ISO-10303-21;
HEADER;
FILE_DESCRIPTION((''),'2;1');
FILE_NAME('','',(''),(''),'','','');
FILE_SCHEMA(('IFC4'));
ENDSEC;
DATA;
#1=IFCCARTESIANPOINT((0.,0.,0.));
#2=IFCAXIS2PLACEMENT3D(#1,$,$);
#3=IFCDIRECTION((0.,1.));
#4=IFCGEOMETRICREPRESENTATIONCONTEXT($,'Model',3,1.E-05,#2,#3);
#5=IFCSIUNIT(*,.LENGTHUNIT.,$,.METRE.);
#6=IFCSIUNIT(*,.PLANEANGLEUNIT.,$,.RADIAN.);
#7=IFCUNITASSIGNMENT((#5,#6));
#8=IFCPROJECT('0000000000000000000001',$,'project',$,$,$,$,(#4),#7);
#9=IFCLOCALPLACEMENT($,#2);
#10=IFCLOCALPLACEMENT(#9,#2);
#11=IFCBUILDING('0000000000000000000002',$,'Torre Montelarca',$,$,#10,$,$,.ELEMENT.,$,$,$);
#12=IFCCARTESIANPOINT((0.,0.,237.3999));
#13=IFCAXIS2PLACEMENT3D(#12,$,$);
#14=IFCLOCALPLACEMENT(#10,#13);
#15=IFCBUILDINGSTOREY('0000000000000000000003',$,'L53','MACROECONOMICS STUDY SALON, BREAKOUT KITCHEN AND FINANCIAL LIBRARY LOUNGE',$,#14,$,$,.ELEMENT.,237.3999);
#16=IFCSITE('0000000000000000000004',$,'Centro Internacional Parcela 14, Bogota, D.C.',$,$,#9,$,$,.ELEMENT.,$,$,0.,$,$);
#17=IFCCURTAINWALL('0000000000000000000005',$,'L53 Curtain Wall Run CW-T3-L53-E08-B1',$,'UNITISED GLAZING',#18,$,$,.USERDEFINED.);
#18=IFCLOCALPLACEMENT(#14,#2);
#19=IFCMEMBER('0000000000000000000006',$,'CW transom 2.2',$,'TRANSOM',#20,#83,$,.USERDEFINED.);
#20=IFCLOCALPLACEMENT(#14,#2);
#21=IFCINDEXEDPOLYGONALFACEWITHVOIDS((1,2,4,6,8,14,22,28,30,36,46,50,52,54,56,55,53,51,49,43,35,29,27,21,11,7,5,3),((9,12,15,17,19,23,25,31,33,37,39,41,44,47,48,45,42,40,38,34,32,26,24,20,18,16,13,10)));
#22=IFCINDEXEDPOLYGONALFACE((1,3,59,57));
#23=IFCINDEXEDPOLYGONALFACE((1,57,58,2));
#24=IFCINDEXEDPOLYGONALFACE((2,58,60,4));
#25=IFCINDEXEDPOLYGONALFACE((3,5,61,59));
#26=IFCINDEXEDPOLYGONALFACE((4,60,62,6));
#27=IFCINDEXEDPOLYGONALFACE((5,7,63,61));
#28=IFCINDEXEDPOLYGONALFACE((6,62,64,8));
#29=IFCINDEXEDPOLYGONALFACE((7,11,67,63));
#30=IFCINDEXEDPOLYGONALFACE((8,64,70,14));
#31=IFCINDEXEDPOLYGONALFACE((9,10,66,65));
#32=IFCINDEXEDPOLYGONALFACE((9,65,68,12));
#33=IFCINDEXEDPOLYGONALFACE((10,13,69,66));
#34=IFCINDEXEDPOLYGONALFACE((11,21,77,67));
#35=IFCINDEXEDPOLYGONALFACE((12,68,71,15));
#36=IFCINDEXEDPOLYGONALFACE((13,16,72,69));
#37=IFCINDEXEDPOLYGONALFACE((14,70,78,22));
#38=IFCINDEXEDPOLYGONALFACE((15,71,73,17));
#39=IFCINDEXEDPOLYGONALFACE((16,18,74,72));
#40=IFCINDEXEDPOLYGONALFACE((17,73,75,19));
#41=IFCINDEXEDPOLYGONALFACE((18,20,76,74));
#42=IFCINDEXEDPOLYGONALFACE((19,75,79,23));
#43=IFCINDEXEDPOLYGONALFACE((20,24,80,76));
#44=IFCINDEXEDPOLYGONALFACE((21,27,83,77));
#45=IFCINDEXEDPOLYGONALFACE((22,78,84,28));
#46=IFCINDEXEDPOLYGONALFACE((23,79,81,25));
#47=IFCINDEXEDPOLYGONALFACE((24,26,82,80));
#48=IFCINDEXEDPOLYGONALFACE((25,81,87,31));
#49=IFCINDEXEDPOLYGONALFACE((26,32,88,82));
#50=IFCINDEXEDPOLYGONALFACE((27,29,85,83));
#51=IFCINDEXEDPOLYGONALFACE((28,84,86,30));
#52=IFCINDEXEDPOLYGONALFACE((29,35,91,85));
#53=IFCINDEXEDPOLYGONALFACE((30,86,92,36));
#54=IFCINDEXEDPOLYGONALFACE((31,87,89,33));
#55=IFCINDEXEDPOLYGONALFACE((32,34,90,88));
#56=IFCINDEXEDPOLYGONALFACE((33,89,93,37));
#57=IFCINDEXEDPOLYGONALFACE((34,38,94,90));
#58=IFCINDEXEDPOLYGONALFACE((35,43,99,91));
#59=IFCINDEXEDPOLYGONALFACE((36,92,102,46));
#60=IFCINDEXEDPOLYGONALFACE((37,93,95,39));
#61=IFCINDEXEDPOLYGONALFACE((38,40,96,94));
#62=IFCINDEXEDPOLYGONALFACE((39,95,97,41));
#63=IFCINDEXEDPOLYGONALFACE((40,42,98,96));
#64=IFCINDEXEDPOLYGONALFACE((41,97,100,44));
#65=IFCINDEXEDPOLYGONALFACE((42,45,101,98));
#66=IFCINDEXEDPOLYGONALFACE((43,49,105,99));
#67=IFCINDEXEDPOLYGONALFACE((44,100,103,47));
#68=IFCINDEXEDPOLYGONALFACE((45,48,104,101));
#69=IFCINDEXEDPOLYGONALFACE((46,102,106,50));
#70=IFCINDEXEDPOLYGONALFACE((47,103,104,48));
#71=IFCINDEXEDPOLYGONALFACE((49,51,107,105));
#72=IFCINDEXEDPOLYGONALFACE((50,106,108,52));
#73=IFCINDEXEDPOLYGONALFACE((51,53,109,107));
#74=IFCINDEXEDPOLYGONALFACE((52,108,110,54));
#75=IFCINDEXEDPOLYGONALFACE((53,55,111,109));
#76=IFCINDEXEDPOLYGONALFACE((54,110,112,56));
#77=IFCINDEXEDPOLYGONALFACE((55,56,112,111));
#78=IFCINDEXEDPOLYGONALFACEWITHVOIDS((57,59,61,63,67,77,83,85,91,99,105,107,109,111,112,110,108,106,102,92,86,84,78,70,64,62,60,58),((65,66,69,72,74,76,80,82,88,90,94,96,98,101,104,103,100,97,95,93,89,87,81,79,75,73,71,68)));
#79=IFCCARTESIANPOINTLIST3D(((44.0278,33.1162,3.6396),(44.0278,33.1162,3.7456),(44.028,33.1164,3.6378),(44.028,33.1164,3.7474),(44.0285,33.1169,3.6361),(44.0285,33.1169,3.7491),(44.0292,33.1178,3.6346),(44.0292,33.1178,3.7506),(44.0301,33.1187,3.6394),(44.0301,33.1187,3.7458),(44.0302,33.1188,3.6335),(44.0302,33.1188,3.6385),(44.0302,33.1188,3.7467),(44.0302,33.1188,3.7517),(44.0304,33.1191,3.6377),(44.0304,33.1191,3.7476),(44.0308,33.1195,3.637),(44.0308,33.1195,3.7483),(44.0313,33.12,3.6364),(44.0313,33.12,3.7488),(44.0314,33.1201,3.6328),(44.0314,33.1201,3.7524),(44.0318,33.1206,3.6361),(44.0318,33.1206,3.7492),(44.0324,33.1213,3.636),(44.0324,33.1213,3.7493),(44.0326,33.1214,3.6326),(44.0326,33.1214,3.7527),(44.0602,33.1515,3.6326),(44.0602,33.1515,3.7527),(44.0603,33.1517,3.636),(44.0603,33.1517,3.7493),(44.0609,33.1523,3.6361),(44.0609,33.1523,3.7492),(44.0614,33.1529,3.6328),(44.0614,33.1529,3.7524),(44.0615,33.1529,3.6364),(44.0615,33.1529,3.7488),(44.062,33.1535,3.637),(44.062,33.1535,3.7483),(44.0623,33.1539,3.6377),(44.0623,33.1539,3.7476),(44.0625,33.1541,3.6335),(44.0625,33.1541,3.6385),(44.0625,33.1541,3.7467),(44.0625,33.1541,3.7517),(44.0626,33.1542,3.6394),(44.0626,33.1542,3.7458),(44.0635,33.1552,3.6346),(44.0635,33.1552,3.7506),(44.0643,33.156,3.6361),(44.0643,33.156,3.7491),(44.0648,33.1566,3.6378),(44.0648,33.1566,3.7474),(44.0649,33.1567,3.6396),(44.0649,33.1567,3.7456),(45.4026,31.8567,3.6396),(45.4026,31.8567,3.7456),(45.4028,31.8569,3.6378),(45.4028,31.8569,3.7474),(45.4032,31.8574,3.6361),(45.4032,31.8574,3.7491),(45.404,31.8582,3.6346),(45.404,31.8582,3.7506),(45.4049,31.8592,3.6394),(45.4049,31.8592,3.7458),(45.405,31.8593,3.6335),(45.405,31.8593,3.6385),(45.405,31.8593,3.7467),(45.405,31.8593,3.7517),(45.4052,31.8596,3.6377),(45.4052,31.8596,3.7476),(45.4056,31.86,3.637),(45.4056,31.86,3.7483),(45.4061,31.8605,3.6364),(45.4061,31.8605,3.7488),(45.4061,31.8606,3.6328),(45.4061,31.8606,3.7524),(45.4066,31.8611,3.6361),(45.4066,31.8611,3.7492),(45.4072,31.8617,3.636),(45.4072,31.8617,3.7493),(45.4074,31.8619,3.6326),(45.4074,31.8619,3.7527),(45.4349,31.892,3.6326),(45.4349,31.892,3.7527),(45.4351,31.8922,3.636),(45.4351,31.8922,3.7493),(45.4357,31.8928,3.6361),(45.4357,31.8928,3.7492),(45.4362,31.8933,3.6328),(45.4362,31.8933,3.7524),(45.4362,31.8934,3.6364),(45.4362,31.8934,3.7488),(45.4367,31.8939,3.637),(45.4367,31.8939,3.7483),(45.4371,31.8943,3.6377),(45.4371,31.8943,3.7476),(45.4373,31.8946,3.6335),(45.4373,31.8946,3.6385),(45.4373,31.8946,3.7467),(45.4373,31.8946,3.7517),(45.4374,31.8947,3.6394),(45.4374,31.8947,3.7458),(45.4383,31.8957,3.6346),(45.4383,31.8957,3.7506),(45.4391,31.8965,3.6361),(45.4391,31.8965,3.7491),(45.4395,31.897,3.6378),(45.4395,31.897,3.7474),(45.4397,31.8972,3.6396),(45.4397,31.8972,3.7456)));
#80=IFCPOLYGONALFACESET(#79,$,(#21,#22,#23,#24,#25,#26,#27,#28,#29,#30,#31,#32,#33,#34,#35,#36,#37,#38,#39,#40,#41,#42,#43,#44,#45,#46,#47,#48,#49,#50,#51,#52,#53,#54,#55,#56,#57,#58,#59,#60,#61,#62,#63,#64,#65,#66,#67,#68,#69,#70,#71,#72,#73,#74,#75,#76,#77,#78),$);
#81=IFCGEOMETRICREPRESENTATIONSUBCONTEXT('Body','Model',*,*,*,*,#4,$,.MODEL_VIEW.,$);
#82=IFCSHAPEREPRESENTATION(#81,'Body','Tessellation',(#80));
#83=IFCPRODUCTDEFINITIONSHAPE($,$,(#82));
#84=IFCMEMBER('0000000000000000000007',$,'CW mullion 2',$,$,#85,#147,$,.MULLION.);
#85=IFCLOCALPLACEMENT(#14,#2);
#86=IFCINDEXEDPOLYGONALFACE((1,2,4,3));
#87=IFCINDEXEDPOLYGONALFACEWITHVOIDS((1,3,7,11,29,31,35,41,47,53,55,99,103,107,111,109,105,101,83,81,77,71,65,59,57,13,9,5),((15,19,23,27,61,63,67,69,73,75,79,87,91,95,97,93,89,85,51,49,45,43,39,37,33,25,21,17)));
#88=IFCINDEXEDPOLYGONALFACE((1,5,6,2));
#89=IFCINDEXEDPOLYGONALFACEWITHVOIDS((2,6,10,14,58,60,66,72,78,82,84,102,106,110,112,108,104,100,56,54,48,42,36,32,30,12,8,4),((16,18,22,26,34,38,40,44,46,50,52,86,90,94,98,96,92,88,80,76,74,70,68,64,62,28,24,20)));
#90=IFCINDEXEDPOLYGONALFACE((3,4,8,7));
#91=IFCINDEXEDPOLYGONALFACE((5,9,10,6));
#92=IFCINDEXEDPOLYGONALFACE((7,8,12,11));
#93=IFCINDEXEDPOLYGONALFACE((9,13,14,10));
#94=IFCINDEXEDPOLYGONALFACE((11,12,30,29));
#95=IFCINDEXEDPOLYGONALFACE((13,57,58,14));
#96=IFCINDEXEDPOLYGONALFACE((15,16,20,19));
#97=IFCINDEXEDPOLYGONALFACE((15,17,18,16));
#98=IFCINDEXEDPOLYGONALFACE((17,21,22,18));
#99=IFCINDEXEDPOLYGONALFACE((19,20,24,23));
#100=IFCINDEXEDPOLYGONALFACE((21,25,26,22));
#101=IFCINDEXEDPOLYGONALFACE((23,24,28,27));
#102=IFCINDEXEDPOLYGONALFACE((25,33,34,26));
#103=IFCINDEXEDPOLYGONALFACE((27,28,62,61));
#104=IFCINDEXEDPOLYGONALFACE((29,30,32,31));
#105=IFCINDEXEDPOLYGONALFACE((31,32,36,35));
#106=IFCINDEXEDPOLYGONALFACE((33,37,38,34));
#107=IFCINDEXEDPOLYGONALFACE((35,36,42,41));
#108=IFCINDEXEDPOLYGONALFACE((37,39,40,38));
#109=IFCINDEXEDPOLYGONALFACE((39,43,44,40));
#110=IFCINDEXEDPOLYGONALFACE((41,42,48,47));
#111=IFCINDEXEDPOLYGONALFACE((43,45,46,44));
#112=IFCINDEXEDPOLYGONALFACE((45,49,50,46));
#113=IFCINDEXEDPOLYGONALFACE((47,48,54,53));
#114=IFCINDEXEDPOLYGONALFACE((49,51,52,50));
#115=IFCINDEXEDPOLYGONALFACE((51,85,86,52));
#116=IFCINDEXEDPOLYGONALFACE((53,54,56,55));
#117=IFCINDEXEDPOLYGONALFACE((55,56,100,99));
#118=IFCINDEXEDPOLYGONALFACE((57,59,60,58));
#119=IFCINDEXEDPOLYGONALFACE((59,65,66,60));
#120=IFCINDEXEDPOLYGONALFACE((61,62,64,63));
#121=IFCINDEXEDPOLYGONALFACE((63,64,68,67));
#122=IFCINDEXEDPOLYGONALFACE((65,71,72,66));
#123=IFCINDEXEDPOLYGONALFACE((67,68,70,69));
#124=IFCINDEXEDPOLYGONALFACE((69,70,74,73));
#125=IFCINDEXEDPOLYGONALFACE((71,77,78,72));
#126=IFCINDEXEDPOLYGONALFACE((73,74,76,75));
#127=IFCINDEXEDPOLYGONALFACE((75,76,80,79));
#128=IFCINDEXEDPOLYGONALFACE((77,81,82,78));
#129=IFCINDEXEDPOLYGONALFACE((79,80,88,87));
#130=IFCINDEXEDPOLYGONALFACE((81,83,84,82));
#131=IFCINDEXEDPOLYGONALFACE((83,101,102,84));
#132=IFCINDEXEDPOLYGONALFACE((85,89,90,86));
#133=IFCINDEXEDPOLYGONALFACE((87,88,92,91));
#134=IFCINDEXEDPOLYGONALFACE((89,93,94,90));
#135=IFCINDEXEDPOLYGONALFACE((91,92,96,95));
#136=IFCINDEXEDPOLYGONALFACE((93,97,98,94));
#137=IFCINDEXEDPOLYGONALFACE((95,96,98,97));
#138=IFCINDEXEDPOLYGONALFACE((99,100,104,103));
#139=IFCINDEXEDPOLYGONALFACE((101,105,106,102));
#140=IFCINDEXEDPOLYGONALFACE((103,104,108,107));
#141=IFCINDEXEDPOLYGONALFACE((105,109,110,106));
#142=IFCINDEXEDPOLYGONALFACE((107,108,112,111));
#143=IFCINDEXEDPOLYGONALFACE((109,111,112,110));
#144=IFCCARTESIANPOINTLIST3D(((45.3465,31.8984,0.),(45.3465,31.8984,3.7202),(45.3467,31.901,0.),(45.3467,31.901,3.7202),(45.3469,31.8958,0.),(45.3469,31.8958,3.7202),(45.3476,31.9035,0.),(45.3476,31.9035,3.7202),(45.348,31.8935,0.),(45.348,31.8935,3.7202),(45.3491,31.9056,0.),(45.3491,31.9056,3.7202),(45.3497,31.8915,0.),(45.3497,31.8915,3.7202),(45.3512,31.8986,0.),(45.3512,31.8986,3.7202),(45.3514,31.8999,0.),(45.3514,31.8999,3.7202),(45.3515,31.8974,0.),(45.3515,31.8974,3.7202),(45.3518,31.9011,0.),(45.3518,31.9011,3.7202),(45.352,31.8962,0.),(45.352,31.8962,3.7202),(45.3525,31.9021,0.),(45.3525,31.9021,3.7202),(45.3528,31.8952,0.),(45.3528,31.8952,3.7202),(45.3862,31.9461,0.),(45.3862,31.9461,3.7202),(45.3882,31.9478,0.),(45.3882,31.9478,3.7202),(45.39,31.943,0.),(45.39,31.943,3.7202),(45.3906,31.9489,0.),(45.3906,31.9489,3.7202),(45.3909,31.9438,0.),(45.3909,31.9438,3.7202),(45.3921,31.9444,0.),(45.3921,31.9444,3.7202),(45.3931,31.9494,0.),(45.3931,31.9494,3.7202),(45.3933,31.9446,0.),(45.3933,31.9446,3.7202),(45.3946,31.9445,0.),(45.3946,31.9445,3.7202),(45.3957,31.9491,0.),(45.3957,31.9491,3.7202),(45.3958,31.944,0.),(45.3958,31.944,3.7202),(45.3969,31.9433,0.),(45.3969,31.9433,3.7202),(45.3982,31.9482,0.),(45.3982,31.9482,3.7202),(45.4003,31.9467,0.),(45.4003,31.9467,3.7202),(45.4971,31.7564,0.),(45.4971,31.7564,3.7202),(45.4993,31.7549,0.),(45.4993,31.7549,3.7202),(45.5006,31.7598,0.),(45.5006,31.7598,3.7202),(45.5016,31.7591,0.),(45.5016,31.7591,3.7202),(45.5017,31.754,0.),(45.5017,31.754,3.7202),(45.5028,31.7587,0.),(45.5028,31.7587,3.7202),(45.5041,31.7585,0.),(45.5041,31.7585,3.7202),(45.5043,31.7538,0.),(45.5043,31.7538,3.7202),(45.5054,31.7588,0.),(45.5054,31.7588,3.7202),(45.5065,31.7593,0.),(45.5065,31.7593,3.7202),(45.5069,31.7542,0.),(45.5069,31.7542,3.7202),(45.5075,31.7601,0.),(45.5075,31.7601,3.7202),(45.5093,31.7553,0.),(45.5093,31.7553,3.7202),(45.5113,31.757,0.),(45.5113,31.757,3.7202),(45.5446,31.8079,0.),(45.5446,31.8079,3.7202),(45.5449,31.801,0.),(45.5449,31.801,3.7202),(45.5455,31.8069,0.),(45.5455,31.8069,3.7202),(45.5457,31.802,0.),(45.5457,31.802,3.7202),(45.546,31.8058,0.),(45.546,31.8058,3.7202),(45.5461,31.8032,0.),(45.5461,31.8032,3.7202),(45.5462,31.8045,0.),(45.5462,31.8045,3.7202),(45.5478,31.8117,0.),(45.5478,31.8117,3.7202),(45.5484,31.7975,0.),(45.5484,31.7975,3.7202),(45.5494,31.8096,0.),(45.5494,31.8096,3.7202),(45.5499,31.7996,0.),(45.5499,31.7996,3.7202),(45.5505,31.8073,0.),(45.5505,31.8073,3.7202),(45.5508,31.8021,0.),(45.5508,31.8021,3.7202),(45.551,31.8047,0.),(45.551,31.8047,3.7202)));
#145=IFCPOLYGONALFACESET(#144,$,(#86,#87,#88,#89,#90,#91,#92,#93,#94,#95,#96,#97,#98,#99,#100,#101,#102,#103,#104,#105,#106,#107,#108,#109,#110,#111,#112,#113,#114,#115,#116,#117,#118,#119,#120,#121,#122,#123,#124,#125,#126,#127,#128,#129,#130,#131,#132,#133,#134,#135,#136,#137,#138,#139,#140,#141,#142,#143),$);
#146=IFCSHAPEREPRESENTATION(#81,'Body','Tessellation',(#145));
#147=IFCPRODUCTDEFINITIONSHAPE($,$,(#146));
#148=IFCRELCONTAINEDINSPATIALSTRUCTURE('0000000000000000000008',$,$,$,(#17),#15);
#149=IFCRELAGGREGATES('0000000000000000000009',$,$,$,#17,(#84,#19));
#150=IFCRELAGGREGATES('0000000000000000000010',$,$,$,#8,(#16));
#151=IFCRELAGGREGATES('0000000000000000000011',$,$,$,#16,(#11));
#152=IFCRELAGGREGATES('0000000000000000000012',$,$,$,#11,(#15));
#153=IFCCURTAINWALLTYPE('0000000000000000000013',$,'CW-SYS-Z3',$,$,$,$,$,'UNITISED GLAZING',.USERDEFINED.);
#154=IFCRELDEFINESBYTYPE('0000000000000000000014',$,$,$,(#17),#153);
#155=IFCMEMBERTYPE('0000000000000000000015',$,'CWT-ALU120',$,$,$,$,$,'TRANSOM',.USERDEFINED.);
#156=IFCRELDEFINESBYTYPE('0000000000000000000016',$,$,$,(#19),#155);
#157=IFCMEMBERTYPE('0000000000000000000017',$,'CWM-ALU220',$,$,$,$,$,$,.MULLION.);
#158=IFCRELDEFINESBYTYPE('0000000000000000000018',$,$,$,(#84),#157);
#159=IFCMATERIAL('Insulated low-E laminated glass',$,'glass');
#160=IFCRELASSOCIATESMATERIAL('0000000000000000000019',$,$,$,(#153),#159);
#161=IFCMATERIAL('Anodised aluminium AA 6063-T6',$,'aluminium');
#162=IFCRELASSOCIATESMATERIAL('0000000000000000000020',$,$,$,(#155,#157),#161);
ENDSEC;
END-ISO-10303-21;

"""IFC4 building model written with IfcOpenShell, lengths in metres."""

from ifc_helpers import new_model, si_unit, direction, frame, origin, origin_2d, place, context, subcontext, project, spatial, hollow_rectangle, extrude, source, transform, mapped, material, material_profile, profile_set, type_object, element, aggregate, save


model = new_model("IFC4")

# Units and contexts
model_context = context("Model", 3, precision=1e-05, world=origin(), true_north=direction((0.0, 1.0)))
body_context = subcontext(model_context, "Body", "Model", "MODEL_VIEW")
ifc_project = project(units=[si_unit("LENGTHUNIT", "METRE"), si_unit("PLANEANGLEUNIT", "RADIAN")], contexts=[model_context])

# Site, building, storey
site_placement = place(None, origin())
site = spatial("IfcSite", under=ifc_project, at=site_placement, Name="Centro Internacional Parcela 14, Bogota, D.C.", CompositionType="ELEMENT", RefElevation=0.0)
building_placement = place(site_placement, origin())
building = spatial("IfcBuilding", under=site, at=building_placement, Name="Torre Montelarca", CompositionType="ELEMENT")
storey_placement = place(building_placement, frame((0.0, 0.0, 237.3999)))
storey = spatial("IfcBuildingStorey", under=building, at=storey_placement, Name="L53", Description="MACROECONOMICS STUDY SALON, BREAKOUT KITCHEN AND FINANCIAL LIBRARY LOUNGE", CompositionType="ELEMENT", Elevation=237.3999)

# Shared definitions
ifc_material_1 = material(Name="Insulated low-E laminated glass", Category="glass")
curtain_wall_type = type_object("IfcCurtainWallType", Name="CW-SYS-Z3", ElementType="UNITISED GLAZING", PredefinedType="USERDEFINED", material=ifc_material_1)
ifc_material_2 = material(Name="Anodised aluminium AA 6063-T6", Category="aluminium")
ifc_material_profile_1 = material_profile(ifc_material_2, hollow_rectangle(XDim=0.0549, YDim=0.1201, WallThickness=0.0034, InnerFilletRadius=0.0034, OuterFilletRadius=0.0071, at=origin_2d()), Name="ALU55X120X3.5", Category="aluminium")
ifc_profile_set_1 = profile_set([ifc_material_profile_1], Name="Anodised aluminium AA 6063-T6")
member_type_1 = type_object("IfcMemberType", Name="CWT-ALU120", ElementType="TRANSOM", PredefinedType="USERDEFINED", material=ifc_profile_set_1)

# Curtain wall, members
curtain_wall_1_placement = place(storey_placement, origin())
curtain_wall_1 = element("IfcCurtainWall", 1, at=curtain_wall_1_placement, inside=storey, type_object=curtain_wall_type, Name="L53 Curtain Wall Run CW-T3-L53-E08-B1", ObjectType="UNITISED GLAZING", PredefinedType="USERDEFINED")
shared_shape_1 = source(origin(), body_context, "Body", "SweptSolid", [
    extrude(hollow_rectangle(XDim=0.0549, YDim=0.1201, WallThickness=0.0034, InnerFilletRadius=0.0034, OuterFilletRadius=0.0071, at=origin_2d()), origin(), (0.0, 0.0, 1.0), 1.8645),
])
member_1_placement = place(storey_placement, frame((45.4211, 31.877, 3.6926), z_axis=(-0.737333, 0.675529, 0.0), x_axis=(-0.675529, -0.737333, 0.0)))
member_1 = element("IfcMember", 2, at=member_1_placement, type_object=member_type_1, Name="CW transom 2.2", ObjectType="TRANSOM", PredefinedType="USERDEFINED", context=body_context, shape_type="MappedRepresentation", body=[
    mapped(shared_shape_1, transform((0.0, 0.0, 0.0), scale=1.0)),
])
ifc_material_profile_2 = material_profile(ifc_material_2, hollow_rectangle(XDim=0.075, YDim=0.22, WallThickness=0.0049, InnerFilletRadius=0.0049, OuterFilletRadius=0.01, at=origin_2d()), Name="ALU75X220X5", Category="aluminium")
ifc_profile_set_2 = profile_set([ifc_material_profile_2], Name="Anodised aluminium AA 6063-T6")
member_type_2 = type_object("IfcMemberType", Name="CWM-ALU220", PredefinedType="MULLION", material=ifc_profile_set_2)
shared_shape_2 = source(origin(), body_context, "Body", "SweptSolid", [
    extrude(hollow_rectangle(XDim=0.075, YDim=0.22, WallThickness=0.0049, InnerFilletRadius=0.0049, OuterFilletRadius=0.01, at=origin_2d()), origin(), (0.0, 0.0, 1.0), 3.7202),
])
member_2_placement = place(storey_placement, frame((45.4487, 31.8516, 0.0), z_axis=(0.0, 0.0, 1.0), x_axis=(-0.67558, -0.737286, 0.0)))
member_2 = element("IfcMember", 3, at=member_2_placement, type_object=member_type_2, Name="CW mullion 2", PredefinedType="MULLION", context=body_context, shape_type="MappedRepresentation", body=[
    mapped(shared_shape_2, transform((0.0, 0.0, 0.0), scale=1.0)),
])

aggregate(curtain_wall_1, [member_2, member_1])

save(model, "model.ifc")
